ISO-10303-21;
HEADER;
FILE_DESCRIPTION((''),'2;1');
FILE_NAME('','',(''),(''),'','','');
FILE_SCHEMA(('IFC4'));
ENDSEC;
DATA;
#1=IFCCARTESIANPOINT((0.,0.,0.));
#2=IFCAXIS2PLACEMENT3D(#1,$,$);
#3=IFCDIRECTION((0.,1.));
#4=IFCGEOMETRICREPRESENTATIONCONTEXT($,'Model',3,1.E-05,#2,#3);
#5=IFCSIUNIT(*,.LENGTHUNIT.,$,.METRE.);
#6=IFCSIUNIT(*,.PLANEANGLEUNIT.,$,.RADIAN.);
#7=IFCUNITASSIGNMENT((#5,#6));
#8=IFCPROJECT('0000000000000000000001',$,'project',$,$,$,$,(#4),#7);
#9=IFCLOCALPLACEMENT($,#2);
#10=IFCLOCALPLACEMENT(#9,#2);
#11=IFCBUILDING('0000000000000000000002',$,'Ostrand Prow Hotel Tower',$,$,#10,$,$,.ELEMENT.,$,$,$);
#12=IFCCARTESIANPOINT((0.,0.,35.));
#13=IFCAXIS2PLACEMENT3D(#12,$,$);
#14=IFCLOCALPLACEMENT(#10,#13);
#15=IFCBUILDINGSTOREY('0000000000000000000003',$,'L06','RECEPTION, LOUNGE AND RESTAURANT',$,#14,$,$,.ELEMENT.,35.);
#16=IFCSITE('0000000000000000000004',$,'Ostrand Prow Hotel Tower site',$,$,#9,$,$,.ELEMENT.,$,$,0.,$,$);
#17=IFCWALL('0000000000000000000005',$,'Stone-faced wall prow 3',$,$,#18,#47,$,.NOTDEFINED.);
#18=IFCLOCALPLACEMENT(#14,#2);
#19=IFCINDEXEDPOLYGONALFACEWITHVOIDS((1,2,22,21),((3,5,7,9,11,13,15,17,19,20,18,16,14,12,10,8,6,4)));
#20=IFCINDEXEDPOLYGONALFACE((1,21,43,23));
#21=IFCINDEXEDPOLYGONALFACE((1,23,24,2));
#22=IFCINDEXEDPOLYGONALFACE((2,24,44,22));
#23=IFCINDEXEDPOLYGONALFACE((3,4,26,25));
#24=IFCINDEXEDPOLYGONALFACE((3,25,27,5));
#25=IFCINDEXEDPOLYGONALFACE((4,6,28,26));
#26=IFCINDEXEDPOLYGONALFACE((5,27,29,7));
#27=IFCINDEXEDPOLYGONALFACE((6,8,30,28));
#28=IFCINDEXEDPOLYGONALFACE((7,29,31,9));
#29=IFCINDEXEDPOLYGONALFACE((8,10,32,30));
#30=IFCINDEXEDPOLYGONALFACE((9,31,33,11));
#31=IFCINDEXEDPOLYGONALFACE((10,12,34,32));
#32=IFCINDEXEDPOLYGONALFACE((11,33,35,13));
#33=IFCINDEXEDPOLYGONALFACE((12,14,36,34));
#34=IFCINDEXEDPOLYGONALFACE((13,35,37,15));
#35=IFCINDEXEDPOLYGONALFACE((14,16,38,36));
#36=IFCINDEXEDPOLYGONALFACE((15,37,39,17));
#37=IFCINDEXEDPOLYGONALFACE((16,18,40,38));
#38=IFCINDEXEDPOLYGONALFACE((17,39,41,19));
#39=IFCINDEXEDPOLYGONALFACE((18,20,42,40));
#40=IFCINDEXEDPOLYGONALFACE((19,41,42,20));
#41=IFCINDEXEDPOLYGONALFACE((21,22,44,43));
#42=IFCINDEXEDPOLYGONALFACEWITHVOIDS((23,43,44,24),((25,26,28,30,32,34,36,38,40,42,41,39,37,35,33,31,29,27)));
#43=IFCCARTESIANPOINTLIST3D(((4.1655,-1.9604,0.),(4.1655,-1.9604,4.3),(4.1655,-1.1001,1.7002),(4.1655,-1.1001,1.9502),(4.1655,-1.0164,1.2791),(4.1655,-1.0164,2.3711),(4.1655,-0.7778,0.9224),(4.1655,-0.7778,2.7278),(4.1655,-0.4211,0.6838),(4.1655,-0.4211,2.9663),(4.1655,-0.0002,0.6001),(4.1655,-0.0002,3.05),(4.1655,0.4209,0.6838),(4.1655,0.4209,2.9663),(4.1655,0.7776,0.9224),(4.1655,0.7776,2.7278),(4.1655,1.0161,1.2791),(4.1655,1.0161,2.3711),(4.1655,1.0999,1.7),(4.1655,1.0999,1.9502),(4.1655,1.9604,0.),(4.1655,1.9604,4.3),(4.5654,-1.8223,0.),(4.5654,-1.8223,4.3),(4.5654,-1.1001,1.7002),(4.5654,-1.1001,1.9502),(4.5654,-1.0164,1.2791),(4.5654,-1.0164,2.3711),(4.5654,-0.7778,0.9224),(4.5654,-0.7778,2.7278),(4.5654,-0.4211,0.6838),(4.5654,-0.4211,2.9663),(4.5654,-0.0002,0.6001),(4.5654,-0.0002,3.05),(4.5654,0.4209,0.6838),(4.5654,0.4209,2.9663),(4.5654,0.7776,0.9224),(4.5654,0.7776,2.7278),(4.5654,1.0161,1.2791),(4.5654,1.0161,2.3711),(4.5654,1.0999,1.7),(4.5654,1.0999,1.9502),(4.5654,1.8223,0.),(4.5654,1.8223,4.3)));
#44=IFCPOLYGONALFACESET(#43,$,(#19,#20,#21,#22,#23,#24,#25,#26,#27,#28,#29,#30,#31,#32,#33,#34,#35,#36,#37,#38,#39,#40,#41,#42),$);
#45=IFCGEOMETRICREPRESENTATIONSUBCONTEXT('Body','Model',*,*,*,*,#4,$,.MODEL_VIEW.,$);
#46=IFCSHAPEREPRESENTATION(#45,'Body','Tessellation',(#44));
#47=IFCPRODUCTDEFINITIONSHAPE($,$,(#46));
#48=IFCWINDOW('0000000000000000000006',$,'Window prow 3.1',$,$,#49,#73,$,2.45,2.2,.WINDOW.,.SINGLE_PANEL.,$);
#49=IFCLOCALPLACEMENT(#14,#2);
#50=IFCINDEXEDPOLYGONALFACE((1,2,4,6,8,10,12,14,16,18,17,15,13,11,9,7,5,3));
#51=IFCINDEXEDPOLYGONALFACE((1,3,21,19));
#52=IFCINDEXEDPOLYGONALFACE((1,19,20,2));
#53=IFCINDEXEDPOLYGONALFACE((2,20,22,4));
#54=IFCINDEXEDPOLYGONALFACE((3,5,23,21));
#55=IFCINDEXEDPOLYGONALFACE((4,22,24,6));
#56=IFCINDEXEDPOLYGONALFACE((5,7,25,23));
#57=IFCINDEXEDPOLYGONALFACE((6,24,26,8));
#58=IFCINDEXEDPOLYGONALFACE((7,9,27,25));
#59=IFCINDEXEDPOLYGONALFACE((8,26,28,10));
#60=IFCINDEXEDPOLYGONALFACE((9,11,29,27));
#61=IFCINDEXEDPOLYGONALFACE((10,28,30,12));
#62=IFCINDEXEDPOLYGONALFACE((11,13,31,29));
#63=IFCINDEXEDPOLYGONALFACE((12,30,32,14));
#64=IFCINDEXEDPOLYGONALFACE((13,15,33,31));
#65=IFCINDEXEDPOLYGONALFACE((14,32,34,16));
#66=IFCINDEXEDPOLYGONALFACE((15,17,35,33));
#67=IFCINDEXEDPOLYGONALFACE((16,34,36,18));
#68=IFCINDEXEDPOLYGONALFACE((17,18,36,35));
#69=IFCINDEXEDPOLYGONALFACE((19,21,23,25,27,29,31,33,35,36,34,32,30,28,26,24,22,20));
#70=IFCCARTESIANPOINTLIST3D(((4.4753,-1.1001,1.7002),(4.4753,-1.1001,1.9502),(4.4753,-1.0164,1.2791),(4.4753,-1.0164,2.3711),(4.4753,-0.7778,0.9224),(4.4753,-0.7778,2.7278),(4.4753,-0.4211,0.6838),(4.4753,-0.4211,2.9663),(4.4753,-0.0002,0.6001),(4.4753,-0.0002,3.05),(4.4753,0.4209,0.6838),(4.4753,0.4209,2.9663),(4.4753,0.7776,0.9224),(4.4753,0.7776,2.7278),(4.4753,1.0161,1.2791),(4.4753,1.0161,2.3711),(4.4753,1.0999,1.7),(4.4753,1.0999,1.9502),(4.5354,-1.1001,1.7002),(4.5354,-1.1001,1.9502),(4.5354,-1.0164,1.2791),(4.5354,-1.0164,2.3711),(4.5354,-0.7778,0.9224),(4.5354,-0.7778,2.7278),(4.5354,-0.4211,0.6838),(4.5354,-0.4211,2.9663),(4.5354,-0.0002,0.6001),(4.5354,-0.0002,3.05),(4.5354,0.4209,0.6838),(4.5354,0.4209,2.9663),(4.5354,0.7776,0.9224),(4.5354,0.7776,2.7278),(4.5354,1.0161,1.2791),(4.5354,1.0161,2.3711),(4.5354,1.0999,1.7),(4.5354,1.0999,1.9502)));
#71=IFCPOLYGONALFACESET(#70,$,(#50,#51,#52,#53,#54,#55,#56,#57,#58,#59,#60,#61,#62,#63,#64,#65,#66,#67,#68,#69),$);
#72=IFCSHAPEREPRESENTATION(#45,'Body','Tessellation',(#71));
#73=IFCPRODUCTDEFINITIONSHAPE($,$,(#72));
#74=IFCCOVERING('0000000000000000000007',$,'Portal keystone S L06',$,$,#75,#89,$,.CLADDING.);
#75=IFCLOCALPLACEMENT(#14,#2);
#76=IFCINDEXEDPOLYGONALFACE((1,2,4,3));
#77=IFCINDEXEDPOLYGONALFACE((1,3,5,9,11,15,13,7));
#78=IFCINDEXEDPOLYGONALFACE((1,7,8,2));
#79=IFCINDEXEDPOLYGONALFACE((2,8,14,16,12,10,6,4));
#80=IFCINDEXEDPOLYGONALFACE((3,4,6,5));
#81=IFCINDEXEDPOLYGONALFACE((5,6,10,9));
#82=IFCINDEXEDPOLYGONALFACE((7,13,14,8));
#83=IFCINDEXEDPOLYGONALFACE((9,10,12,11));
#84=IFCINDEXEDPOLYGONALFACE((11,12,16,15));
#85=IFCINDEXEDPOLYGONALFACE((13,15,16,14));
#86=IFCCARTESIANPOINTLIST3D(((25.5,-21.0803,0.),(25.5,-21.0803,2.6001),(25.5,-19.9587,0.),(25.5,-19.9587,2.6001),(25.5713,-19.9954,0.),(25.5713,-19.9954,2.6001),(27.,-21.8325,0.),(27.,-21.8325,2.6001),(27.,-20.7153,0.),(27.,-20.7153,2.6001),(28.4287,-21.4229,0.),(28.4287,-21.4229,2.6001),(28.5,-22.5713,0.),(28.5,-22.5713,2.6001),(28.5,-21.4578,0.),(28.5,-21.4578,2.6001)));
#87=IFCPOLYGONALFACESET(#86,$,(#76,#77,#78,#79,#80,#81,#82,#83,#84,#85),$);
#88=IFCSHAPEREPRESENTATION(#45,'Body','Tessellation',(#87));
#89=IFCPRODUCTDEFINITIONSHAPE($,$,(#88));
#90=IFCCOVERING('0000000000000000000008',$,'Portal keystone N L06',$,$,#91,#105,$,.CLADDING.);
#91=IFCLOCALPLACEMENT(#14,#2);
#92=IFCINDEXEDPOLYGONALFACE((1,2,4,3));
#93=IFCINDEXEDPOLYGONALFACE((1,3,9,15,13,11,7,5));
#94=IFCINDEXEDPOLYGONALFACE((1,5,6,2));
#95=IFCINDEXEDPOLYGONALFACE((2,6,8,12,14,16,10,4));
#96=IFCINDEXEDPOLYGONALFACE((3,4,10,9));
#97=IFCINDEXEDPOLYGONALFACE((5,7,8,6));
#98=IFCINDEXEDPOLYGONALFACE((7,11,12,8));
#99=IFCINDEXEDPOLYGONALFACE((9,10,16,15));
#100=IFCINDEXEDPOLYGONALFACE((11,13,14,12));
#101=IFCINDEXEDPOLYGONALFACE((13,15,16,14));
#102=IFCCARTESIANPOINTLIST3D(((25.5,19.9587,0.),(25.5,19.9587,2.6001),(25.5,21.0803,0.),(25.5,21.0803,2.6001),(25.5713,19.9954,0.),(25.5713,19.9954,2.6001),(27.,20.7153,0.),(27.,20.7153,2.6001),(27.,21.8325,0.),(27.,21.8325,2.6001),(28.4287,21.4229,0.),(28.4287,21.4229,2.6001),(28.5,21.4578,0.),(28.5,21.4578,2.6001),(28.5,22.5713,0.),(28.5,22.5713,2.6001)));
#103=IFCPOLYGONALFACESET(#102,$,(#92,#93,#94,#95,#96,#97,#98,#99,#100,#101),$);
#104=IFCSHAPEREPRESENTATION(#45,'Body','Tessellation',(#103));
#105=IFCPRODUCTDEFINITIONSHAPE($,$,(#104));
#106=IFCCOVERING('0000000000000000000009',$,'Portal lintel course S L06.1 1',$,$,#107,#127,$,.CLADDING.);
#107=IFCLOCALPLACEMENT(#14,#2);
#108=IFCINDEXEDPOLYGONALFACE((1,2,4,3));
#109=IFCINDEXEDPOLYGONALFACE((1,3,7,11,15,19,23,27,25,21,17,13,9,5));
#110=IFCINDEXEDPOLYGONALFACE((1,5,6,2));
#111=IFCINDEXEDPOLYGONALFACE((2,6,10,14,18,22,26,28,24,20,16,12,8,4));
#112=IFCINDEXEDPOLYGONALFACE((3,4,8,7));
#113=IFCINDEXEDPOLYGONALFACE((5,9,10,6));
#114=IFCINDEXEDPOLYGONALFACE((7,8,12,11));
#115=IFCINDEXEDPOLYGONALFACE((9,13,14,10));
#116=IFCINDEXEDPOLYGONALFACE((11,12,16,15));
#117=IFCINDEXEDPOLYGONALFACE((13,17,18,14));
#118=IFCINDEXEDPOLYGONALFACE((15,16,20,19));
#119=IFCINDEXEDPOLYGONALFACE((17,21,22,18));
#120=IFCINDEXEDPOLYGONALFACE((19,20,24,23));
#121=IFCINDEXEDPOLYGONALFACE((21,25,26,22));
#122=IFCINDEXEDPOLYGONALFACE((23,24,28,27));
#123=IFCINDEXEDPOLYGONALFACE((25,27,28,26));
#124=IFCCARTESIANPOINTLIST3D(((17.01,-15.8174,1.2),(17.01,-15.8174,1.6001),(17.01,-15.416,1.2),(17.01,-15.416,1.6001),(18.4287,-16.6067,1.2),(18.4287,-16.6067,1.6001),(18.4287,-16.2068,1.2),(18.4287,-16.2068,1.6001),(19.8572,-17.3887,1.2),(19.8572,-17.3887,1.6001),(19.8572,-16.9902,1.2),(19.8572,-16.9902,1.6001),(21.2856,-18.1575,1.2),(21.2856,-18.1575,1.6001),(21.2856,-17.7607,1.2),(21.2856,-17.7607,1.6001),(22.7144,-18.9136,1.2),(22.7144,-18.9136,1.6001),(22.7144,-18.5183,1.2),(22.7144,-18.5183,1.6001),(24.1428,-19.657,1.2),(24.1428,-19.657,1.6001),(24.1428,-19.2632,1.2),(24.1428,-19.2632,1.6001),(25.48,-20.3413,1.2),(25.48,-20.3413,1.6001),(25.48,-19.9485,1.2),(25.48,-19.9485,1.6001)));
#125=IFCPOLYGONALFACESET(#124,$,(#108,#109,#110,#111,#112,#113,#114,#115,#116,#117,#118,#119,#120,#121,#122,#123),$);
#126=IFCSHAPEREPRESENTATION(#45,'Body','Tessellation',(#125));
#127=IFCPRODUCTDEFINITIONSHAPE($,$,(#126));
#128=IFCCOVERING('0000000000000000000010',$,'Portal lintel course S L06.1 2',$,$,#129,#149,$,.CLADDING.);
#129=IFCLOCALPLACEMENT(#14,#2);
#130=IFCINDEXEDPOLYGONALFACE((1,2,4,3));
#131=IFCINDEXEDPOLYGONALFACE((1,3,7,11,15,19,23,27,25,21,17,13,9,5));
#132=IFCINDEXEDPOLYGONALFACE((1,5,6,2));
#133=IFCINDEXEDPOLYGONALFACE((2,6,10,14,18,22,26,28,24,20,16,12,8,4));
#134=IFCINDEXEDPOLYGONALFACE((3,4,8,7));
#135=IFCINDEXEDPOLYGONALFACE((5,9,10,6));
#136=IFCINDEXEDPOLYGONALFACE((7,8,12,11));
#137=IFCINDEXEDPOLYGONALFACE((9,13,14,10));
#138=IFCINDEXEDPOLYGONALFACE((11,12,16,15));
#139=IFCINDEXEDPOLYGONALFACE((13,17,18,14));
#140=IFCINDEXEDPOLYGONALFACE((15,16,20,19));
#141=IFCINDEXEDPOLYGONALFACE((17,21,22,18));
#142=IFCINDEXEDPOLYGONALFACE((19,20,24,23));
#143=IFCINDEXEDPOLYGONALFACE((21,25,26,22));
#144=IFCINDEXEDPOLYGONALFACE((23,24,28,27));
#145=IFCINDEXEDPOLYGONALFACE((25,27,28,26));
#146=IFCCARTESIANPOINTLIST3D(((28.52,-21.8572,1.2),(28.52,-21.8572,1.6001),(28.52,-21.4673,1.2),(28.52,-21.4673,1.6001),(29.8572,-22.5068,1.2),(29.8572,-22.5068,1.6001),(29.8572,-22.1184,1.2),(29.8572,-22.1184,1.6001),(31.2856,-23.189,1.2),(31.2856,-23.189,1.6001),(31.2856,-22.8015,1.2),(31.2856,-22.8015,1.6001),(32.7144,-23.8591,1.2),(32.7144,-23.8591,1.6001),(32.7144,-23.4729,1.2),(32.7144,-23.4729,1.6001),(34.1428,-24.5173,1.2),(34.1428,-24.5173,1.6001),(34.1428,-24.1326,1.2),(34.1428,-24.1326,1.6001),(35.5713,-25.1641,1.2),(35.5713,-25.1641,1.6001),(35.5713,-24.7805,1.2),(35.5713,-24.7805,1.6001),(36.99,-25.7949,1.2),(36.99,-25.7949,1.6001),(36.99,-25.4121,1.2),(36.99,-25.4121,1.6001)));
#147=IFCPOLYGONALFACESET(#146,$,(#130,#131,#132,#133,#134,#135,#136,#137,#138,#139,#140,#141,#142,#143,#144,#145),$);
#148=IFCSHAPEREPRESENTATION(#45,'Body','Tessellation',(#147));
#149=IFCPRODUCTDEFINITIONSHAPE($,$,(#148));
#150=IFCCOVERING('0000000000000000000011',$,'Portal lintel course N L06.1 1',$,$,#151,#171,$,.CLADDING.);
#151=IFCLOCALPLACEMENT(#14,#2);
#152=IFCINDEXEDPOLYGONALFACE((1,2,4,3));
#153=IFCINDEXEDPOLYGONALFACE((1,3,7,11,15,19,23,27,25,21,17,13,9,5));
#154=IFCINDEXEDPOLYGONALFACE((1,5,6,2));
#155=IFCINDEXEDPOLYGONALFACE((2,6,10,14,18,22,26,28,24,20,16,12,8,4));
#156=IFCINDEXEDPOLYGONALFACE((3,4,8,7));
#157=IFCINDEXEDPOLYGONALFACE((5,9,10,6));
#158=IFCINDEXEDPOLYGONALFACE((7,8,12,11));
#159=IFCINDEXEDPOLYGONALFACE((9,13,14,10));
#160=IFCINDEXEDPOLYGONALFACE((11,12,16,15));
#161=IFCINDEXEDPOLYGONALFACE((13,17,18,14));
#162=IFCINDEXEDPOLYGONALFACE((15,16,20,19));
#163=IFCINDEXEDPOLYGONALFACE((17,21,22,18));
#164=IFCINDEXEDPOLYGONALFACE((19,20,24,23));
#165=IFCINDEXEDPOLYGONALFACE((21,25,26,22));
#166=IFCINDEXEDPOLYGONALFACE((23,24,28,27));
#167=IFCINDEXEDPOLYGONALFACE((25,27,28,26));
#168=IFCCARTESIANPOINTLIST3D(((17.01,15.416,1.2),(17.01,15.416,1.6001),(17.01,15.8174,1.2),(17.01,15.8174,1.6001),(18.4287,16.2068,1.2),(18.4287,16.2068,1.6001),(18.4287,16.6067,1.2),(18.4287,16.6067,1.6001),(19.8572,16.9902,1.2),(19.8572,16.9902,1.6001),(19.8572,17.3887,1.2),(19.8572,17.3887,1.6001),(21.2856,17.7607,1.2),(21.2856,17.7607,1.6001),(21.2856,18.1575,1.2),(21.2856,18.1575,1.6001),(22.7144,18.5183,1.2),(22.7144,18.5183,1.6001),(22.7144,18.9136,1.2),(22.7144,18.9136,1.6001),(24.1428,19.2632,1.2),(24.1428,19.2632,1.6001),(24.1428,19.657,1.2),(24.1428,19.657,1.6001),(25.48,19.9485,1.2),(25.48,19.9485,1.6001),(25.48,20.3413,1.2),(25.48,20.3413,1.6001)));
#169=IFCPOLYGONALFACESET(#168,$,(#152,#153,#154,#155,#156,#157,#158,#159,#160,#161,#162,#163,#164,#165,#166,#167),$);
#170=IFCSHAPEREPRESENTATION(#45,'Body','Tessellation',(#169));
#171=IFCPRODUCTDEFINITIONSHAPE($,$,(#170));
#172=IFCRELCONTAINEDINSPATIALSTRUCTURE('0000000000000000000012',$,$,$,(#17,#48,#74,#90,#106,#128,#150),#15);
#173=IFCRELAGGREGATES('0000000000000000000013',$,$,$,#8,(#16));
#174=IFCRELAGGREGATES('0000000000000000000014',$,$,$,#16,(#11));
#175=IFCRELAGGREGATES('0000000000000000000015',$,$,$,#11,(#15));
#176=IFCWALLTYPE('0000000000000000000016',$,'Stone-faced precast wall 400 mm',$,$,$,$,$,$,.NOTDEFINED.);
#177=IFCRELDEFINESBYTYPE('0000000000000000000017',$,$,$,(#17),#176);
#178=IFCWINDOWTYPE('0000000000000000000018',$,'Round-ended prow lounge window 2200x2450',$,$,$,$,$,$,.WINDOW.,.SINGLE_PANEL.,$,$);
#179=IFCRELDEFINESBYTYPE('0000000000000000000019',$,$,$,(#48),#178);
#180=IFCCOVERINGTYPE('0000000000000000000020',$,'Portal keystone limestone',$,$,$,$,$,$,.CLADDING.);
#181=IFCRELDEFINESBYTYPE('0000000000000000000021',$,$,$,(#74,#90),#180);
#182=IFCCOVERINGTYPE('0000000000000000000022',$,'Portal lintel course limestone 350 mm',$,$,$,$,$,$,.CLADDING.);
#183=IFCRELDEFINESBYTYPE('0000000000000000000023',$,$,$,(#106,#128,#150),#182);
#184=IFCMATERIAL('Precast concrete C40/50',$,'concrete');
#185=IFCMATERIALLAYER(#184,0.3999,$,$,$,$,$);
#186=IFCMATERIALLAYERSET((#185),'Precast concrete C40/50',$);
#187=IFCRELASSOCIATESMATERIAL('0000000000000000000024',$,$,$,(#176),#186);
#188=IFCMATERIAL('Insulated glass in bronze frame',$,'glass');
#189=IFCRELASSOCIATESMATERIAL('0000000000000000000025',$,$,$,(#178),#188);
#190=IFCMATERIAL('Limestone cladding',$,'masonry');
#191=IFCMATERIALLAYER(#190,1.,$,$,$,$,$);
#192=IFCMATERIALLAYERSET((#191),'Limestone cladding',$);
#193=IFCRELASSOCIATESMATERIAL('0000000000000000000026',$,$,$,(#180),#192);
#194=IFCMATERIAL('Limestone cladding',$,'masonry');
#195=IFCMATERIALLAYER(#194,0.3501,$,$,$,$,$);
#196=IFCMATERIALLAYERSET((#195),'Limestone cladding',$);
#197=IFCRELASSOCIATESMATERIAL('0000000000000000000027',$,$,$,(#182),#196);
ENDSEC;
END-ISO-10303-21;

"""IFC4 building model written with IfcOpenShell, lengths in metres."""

from ifc_helpers import new_model, si_unit, direction, frame, origin, place, context, subcontext, project, spatial, polyline, outline, extrude, material, layer, layer_set, type_object, element, fill, save


model = new_model("IFC4")

# Units and contexts
model_context = context("Model", 3, precision=1e-05, world=origin(), true_north=direction((0.0, 1.0)))
body_context = subcontext(model_context, "Body", "Model", "MODEL_VIEW")
ifc_project = project(units=[si_unit("LENGTHUNIT", "METRE"), si_unit("PLANEANGLEUNIT", "RADIAN")], contexts=[model_context])

# Site, building, storey
site_placement = place(None, origin())
site = spatial("IfcSite", under=ifc_project, at=site_placement, Name="Ostrand Prow Hotel Tower site", CompositionType="ELEMENT", RefElevation=0.0)
building_placement = place(site_placement, origin())
building = spatial("IfcBuilding", under=site, at=building_placement, Name="Ostrand Prow Hotel Tower", CompositionType="ELEMENT")
storey_placement = place(building_placement, frame((0.0, 0.0, 35.0)))
storey = spatial("IfcBuildingStorey", under=building, at=storey_placement, Name="L06", Description="RECEPTION, LOUNGE AND RESTAURANT", CompositionType="ELEMENT", Elevation=35.0)

# Wall, opening, window
ifc_material_1 = material(Name="Precast concrete C40/50", Category="concrete")
ifc_layer_1 = layer(ifc_material_1, 0.3999)
ifc_layer_set_1 = layer_set([ifc_layer_1], Name="Precast concrete C40/50")
wall_type_1 = type_object("IfcWallType", Name="Stone-faced precast wall 400 mm", PredefinedType="NOTDEFINED", material=ifc_layer_set_1)
ifc_material_2 = material(Name="Insulated glass in bronze frame", Category="glass")
window_type = type_object("IfcWindowType", Name="Round-ended prow lounge window 2200x2450", PartitioningType="SINGLE_PANEL", PredefinedType="WINDOW", material=ifc_material_2)
wall_1_placement = place(storey_placement, frame((4.3655, 1.8914, 0.0), z_axis=(0.0, 0.0, 1.0), x_axis=(0.0, -1.0, 0.0)))
wall_1 = element("IfcWall", 1, at=wall_1_placement, inside=storey, type_object=wall_type_1, Name="Stone-faced wall prow 3", PredefinedType="NOTDEFINED", context=body_context, shape_type="SweptSolid", body=[
    extrude(outline(polyline([(-0.0691, -0.2), (3.8518, -0.2), (3.7136, 0.2), (0.0691, 0.2), (-0.0691, -0.2)])), origin(), (0.0, 0.0, 1.0), 4.3),
])
opening_1_placement = place(wall_1_placement, frame((0.7915, 0.0, 0.6001)))
opening_1 = element("IfcOpeningElement", 2, at=opening_1_placement, cuts=wall_1, PredefinedType="OPENING", context=body_context, shape_type="SweptSolid", body=[
    extrude(outline(polyline([(0.0, 1.3501), (0.0837, 1.771), (0.3223, 2.1277), (0.679, 2.3662), (1.1001, 2.45), (1.521, 2.3662), (1.8777, 2.1277), (2.1162, 1.771), (2.2, 1.3501), (2.2, 1.1001), (2.1162, 0.679), (1.8777, 0.3223), (1.521, 0.0837), (1.1001, 0.0), (0.679, 0.0837), (0.3223, 0.3223), (0.0837, 0.679), (0.0, 1.0999), (0.0, 1.3501)])), frame((0.0, 0.21, 0.0), z_axis=(0.0, -1.0, 0.0), x_axis=(1.0, 0.0, 0.0)), (0.0, 0.0, 1.0), 0.4199),
])
window_1_placement = place(opening_1_placement, origin())
window_1 = element("IfcWindow", 3, at=window_1_placement, inside=storey, type_object=window_type, Name="Window prow 3.1", OverallHeight=2.45, OverallWidth=2.2, PartitioningType="SINGLE_PANEL", PredefinedType="WINDOW", context=body_context, shape_type="SweptSolid", body=[
    extrude(outline(polyline([(0.0, 1.3501), (0.0837, 1.771), (0.3223, 2.1277), (0.679, 2.3662), (1.1001, 2.45), (1.521, 2.3662), (1.8777, 2.1277), (2.1162, 1.771), (2.2, 1.3501), (2.2, 1.1001), (2.1162, 0.679), (1.8777, 0.3223), (1.521, 0.0837), (1.1001, 0.0), (0.679, 0.0837), (0.3223, 0.3223), (0.0837, 0.679), (0.0, 1.0999), (0.0, 1.3501)])), frame((0.0, 0.1699, 0.0), z_axis=(0.0, -1.0, 0.0), x_axis=(1.0, 0.0, 0.0)), (0.0, 0.0, 1.0), 0.0601),
])
fill(opening_1, window_1)

# Coverings
ifc_material_3 = material(Name="Limestone cladding", Category="masonry")
ifc_layer_2 = layer(ifc_material_3, 1.0)
ifc_layer_set_2 = layer_set([ifc_layer_2], Name="Limestone cladding")
covering_type_1 = type_object("IfcCoveringType", Name="Portal keystone limestone", PredefinedType="CLADDING", material=ifc_layer_set_2)
covering_1_placement = place(storey_placement, origin())
element("IfcCovering", 4, at=covering_1_placement, inside=storey, type_object=covering_type_1, Name="Portal keystone S L06", PredefinedType="CLADDING", context=body_context, shape_type="SweptSolid", body=[
    extrude(outline(polyline([(27.0, -21.8325), (28.5, -22.5713), (28.5, -21.4578), (28.4287, -21.4229), (27.0, -20.7153), (25.5713, -19.9954), (25.5, -19.9587), (25.5, -21.0803), (27.0, -21.8325)])), origin(), (0.0, 0.0, 1.0), 2.6001),
])
covering_2_placement = place(storey_placement, origin())
element("IfcCovering", 5, at=covering_2_placement, inside=storey, type_object=covering_type_1, Name="Portal keystone N L06", PredefinedType="CLADDING", context=body_context, shape_type="SweptSolid", body=[
    extrude(outline(polyline([(27.0, 21.8325), (25.5, 21.0803), (25.5, 19.9587), (25.5713, 19.9954), (27.0, 20.7153), (28.4287, 21.4229), (28.5, 21.4578), (28.5, 22.5713), (27.0, 21.8325)])), origin(), (0.0, 0.0, 1.0), 2.6001),
])
ifc_material_4 = material(Name="Limestone cladding", Category="masonry")
ifc_layer_3 = layer(ifc_material_4, 0.3501)
ifc_layer_set_3 = layer_set([ifc_layer_3], Name="Limestone cladding")
covering_type_2 = type_object("IfcCoveringType", Name="Portal lintel course limestone 350 mm", PredefinedType="CLADDING", material=ifc_layer_set_3)
covering_3_placement = place(storey_placement, frame((0.0, 0.0, 1.2)))
element("IfcCovering", 6, at=covering_3_placement, inside=storey, type_object=covering_type_2, Name="Portal lintel course S L06.1 1", PredefinedType="CLADDING", context=body_context, shape_type="SweptSolid", body=[
    extrude(outline(polyline([(24.1428, -19.657), (25.48, -20.3413), (25.48, -19.9485), (24.1428, -19.2632), (22.7144, -18.5183), (21.2856, -17.7607), (19.8572, -16.9902), (18.4287, -16.2068), (17.01, -15.416), (17.01, -15.8174), (18.4287, -16.6067), (19.8572, -17.3887), (21.2856, -18.1575), (22.7144, -18.9136), (24.1428, -19.657)])), origin(), (0.0, 0.0, 1.0), 0.4001),
])
covering_4_placement = place(storey_placement, frame((0.0, 0.0, 1.2)))
element("IfcCovering", 7, at=covering_4_placement, inside=storey, type_object=covering_type_2, Name="Portal lintel course S L06.1 2", PredefinedType="CLADDING", context=body_context, shape_type="SweptSolid", body=[
    extrude(outline(polyline([(34.1428, -24.5173), (35.5713, -25.1641), (36.99, -25.7949), (36.99, -25.4121), (35.5713, -24.7805), (34.1428, -24.1326), (32.7144, -23.4729), (31.2856, -22.8015), (29.8572, -22.1184), (28.52, -21.4673), (28.52, -21.8572), (29.8572, -22.5068), (31.2856, -23.189), (32.7144, -23.8591), (34.1428, -24.5173)])), origin(), (0.0, 0.0, 1.0), 0.4001),
])
covering_5_placement = place(storey_placement, frame((0.0, 0.0, 1.2)))
element("IfcCovering", 8, at=covering_5_placement, inside=storey, type_object=covering_type_2, Name="Portal lintel course N L06.1 1", PredefinedType="CLADDING", context=body_context, shape_type="SweptSolid", body=[
    extrude(outline(polyline([(19.8572, 17.3887), (18.4287, 16.6067), (17.01, 15.8174), (17.01, 15.416), (18.4287, 16.2068), (19.8572, 16.9902), (21.2856, 17.7607), (22.7144, 18.5183), (24.1428, 19.2632), (25.48, 19.9485), (25.48, 20.3413), (24.1428, 19.657), (22.7144, 18.9136), (21.2856, 18.1575), (19.8572, 17.3887)])), origin(), (0.0, 0.0, 1.0), 0.4001),
])

save(model, "model.ifc")
